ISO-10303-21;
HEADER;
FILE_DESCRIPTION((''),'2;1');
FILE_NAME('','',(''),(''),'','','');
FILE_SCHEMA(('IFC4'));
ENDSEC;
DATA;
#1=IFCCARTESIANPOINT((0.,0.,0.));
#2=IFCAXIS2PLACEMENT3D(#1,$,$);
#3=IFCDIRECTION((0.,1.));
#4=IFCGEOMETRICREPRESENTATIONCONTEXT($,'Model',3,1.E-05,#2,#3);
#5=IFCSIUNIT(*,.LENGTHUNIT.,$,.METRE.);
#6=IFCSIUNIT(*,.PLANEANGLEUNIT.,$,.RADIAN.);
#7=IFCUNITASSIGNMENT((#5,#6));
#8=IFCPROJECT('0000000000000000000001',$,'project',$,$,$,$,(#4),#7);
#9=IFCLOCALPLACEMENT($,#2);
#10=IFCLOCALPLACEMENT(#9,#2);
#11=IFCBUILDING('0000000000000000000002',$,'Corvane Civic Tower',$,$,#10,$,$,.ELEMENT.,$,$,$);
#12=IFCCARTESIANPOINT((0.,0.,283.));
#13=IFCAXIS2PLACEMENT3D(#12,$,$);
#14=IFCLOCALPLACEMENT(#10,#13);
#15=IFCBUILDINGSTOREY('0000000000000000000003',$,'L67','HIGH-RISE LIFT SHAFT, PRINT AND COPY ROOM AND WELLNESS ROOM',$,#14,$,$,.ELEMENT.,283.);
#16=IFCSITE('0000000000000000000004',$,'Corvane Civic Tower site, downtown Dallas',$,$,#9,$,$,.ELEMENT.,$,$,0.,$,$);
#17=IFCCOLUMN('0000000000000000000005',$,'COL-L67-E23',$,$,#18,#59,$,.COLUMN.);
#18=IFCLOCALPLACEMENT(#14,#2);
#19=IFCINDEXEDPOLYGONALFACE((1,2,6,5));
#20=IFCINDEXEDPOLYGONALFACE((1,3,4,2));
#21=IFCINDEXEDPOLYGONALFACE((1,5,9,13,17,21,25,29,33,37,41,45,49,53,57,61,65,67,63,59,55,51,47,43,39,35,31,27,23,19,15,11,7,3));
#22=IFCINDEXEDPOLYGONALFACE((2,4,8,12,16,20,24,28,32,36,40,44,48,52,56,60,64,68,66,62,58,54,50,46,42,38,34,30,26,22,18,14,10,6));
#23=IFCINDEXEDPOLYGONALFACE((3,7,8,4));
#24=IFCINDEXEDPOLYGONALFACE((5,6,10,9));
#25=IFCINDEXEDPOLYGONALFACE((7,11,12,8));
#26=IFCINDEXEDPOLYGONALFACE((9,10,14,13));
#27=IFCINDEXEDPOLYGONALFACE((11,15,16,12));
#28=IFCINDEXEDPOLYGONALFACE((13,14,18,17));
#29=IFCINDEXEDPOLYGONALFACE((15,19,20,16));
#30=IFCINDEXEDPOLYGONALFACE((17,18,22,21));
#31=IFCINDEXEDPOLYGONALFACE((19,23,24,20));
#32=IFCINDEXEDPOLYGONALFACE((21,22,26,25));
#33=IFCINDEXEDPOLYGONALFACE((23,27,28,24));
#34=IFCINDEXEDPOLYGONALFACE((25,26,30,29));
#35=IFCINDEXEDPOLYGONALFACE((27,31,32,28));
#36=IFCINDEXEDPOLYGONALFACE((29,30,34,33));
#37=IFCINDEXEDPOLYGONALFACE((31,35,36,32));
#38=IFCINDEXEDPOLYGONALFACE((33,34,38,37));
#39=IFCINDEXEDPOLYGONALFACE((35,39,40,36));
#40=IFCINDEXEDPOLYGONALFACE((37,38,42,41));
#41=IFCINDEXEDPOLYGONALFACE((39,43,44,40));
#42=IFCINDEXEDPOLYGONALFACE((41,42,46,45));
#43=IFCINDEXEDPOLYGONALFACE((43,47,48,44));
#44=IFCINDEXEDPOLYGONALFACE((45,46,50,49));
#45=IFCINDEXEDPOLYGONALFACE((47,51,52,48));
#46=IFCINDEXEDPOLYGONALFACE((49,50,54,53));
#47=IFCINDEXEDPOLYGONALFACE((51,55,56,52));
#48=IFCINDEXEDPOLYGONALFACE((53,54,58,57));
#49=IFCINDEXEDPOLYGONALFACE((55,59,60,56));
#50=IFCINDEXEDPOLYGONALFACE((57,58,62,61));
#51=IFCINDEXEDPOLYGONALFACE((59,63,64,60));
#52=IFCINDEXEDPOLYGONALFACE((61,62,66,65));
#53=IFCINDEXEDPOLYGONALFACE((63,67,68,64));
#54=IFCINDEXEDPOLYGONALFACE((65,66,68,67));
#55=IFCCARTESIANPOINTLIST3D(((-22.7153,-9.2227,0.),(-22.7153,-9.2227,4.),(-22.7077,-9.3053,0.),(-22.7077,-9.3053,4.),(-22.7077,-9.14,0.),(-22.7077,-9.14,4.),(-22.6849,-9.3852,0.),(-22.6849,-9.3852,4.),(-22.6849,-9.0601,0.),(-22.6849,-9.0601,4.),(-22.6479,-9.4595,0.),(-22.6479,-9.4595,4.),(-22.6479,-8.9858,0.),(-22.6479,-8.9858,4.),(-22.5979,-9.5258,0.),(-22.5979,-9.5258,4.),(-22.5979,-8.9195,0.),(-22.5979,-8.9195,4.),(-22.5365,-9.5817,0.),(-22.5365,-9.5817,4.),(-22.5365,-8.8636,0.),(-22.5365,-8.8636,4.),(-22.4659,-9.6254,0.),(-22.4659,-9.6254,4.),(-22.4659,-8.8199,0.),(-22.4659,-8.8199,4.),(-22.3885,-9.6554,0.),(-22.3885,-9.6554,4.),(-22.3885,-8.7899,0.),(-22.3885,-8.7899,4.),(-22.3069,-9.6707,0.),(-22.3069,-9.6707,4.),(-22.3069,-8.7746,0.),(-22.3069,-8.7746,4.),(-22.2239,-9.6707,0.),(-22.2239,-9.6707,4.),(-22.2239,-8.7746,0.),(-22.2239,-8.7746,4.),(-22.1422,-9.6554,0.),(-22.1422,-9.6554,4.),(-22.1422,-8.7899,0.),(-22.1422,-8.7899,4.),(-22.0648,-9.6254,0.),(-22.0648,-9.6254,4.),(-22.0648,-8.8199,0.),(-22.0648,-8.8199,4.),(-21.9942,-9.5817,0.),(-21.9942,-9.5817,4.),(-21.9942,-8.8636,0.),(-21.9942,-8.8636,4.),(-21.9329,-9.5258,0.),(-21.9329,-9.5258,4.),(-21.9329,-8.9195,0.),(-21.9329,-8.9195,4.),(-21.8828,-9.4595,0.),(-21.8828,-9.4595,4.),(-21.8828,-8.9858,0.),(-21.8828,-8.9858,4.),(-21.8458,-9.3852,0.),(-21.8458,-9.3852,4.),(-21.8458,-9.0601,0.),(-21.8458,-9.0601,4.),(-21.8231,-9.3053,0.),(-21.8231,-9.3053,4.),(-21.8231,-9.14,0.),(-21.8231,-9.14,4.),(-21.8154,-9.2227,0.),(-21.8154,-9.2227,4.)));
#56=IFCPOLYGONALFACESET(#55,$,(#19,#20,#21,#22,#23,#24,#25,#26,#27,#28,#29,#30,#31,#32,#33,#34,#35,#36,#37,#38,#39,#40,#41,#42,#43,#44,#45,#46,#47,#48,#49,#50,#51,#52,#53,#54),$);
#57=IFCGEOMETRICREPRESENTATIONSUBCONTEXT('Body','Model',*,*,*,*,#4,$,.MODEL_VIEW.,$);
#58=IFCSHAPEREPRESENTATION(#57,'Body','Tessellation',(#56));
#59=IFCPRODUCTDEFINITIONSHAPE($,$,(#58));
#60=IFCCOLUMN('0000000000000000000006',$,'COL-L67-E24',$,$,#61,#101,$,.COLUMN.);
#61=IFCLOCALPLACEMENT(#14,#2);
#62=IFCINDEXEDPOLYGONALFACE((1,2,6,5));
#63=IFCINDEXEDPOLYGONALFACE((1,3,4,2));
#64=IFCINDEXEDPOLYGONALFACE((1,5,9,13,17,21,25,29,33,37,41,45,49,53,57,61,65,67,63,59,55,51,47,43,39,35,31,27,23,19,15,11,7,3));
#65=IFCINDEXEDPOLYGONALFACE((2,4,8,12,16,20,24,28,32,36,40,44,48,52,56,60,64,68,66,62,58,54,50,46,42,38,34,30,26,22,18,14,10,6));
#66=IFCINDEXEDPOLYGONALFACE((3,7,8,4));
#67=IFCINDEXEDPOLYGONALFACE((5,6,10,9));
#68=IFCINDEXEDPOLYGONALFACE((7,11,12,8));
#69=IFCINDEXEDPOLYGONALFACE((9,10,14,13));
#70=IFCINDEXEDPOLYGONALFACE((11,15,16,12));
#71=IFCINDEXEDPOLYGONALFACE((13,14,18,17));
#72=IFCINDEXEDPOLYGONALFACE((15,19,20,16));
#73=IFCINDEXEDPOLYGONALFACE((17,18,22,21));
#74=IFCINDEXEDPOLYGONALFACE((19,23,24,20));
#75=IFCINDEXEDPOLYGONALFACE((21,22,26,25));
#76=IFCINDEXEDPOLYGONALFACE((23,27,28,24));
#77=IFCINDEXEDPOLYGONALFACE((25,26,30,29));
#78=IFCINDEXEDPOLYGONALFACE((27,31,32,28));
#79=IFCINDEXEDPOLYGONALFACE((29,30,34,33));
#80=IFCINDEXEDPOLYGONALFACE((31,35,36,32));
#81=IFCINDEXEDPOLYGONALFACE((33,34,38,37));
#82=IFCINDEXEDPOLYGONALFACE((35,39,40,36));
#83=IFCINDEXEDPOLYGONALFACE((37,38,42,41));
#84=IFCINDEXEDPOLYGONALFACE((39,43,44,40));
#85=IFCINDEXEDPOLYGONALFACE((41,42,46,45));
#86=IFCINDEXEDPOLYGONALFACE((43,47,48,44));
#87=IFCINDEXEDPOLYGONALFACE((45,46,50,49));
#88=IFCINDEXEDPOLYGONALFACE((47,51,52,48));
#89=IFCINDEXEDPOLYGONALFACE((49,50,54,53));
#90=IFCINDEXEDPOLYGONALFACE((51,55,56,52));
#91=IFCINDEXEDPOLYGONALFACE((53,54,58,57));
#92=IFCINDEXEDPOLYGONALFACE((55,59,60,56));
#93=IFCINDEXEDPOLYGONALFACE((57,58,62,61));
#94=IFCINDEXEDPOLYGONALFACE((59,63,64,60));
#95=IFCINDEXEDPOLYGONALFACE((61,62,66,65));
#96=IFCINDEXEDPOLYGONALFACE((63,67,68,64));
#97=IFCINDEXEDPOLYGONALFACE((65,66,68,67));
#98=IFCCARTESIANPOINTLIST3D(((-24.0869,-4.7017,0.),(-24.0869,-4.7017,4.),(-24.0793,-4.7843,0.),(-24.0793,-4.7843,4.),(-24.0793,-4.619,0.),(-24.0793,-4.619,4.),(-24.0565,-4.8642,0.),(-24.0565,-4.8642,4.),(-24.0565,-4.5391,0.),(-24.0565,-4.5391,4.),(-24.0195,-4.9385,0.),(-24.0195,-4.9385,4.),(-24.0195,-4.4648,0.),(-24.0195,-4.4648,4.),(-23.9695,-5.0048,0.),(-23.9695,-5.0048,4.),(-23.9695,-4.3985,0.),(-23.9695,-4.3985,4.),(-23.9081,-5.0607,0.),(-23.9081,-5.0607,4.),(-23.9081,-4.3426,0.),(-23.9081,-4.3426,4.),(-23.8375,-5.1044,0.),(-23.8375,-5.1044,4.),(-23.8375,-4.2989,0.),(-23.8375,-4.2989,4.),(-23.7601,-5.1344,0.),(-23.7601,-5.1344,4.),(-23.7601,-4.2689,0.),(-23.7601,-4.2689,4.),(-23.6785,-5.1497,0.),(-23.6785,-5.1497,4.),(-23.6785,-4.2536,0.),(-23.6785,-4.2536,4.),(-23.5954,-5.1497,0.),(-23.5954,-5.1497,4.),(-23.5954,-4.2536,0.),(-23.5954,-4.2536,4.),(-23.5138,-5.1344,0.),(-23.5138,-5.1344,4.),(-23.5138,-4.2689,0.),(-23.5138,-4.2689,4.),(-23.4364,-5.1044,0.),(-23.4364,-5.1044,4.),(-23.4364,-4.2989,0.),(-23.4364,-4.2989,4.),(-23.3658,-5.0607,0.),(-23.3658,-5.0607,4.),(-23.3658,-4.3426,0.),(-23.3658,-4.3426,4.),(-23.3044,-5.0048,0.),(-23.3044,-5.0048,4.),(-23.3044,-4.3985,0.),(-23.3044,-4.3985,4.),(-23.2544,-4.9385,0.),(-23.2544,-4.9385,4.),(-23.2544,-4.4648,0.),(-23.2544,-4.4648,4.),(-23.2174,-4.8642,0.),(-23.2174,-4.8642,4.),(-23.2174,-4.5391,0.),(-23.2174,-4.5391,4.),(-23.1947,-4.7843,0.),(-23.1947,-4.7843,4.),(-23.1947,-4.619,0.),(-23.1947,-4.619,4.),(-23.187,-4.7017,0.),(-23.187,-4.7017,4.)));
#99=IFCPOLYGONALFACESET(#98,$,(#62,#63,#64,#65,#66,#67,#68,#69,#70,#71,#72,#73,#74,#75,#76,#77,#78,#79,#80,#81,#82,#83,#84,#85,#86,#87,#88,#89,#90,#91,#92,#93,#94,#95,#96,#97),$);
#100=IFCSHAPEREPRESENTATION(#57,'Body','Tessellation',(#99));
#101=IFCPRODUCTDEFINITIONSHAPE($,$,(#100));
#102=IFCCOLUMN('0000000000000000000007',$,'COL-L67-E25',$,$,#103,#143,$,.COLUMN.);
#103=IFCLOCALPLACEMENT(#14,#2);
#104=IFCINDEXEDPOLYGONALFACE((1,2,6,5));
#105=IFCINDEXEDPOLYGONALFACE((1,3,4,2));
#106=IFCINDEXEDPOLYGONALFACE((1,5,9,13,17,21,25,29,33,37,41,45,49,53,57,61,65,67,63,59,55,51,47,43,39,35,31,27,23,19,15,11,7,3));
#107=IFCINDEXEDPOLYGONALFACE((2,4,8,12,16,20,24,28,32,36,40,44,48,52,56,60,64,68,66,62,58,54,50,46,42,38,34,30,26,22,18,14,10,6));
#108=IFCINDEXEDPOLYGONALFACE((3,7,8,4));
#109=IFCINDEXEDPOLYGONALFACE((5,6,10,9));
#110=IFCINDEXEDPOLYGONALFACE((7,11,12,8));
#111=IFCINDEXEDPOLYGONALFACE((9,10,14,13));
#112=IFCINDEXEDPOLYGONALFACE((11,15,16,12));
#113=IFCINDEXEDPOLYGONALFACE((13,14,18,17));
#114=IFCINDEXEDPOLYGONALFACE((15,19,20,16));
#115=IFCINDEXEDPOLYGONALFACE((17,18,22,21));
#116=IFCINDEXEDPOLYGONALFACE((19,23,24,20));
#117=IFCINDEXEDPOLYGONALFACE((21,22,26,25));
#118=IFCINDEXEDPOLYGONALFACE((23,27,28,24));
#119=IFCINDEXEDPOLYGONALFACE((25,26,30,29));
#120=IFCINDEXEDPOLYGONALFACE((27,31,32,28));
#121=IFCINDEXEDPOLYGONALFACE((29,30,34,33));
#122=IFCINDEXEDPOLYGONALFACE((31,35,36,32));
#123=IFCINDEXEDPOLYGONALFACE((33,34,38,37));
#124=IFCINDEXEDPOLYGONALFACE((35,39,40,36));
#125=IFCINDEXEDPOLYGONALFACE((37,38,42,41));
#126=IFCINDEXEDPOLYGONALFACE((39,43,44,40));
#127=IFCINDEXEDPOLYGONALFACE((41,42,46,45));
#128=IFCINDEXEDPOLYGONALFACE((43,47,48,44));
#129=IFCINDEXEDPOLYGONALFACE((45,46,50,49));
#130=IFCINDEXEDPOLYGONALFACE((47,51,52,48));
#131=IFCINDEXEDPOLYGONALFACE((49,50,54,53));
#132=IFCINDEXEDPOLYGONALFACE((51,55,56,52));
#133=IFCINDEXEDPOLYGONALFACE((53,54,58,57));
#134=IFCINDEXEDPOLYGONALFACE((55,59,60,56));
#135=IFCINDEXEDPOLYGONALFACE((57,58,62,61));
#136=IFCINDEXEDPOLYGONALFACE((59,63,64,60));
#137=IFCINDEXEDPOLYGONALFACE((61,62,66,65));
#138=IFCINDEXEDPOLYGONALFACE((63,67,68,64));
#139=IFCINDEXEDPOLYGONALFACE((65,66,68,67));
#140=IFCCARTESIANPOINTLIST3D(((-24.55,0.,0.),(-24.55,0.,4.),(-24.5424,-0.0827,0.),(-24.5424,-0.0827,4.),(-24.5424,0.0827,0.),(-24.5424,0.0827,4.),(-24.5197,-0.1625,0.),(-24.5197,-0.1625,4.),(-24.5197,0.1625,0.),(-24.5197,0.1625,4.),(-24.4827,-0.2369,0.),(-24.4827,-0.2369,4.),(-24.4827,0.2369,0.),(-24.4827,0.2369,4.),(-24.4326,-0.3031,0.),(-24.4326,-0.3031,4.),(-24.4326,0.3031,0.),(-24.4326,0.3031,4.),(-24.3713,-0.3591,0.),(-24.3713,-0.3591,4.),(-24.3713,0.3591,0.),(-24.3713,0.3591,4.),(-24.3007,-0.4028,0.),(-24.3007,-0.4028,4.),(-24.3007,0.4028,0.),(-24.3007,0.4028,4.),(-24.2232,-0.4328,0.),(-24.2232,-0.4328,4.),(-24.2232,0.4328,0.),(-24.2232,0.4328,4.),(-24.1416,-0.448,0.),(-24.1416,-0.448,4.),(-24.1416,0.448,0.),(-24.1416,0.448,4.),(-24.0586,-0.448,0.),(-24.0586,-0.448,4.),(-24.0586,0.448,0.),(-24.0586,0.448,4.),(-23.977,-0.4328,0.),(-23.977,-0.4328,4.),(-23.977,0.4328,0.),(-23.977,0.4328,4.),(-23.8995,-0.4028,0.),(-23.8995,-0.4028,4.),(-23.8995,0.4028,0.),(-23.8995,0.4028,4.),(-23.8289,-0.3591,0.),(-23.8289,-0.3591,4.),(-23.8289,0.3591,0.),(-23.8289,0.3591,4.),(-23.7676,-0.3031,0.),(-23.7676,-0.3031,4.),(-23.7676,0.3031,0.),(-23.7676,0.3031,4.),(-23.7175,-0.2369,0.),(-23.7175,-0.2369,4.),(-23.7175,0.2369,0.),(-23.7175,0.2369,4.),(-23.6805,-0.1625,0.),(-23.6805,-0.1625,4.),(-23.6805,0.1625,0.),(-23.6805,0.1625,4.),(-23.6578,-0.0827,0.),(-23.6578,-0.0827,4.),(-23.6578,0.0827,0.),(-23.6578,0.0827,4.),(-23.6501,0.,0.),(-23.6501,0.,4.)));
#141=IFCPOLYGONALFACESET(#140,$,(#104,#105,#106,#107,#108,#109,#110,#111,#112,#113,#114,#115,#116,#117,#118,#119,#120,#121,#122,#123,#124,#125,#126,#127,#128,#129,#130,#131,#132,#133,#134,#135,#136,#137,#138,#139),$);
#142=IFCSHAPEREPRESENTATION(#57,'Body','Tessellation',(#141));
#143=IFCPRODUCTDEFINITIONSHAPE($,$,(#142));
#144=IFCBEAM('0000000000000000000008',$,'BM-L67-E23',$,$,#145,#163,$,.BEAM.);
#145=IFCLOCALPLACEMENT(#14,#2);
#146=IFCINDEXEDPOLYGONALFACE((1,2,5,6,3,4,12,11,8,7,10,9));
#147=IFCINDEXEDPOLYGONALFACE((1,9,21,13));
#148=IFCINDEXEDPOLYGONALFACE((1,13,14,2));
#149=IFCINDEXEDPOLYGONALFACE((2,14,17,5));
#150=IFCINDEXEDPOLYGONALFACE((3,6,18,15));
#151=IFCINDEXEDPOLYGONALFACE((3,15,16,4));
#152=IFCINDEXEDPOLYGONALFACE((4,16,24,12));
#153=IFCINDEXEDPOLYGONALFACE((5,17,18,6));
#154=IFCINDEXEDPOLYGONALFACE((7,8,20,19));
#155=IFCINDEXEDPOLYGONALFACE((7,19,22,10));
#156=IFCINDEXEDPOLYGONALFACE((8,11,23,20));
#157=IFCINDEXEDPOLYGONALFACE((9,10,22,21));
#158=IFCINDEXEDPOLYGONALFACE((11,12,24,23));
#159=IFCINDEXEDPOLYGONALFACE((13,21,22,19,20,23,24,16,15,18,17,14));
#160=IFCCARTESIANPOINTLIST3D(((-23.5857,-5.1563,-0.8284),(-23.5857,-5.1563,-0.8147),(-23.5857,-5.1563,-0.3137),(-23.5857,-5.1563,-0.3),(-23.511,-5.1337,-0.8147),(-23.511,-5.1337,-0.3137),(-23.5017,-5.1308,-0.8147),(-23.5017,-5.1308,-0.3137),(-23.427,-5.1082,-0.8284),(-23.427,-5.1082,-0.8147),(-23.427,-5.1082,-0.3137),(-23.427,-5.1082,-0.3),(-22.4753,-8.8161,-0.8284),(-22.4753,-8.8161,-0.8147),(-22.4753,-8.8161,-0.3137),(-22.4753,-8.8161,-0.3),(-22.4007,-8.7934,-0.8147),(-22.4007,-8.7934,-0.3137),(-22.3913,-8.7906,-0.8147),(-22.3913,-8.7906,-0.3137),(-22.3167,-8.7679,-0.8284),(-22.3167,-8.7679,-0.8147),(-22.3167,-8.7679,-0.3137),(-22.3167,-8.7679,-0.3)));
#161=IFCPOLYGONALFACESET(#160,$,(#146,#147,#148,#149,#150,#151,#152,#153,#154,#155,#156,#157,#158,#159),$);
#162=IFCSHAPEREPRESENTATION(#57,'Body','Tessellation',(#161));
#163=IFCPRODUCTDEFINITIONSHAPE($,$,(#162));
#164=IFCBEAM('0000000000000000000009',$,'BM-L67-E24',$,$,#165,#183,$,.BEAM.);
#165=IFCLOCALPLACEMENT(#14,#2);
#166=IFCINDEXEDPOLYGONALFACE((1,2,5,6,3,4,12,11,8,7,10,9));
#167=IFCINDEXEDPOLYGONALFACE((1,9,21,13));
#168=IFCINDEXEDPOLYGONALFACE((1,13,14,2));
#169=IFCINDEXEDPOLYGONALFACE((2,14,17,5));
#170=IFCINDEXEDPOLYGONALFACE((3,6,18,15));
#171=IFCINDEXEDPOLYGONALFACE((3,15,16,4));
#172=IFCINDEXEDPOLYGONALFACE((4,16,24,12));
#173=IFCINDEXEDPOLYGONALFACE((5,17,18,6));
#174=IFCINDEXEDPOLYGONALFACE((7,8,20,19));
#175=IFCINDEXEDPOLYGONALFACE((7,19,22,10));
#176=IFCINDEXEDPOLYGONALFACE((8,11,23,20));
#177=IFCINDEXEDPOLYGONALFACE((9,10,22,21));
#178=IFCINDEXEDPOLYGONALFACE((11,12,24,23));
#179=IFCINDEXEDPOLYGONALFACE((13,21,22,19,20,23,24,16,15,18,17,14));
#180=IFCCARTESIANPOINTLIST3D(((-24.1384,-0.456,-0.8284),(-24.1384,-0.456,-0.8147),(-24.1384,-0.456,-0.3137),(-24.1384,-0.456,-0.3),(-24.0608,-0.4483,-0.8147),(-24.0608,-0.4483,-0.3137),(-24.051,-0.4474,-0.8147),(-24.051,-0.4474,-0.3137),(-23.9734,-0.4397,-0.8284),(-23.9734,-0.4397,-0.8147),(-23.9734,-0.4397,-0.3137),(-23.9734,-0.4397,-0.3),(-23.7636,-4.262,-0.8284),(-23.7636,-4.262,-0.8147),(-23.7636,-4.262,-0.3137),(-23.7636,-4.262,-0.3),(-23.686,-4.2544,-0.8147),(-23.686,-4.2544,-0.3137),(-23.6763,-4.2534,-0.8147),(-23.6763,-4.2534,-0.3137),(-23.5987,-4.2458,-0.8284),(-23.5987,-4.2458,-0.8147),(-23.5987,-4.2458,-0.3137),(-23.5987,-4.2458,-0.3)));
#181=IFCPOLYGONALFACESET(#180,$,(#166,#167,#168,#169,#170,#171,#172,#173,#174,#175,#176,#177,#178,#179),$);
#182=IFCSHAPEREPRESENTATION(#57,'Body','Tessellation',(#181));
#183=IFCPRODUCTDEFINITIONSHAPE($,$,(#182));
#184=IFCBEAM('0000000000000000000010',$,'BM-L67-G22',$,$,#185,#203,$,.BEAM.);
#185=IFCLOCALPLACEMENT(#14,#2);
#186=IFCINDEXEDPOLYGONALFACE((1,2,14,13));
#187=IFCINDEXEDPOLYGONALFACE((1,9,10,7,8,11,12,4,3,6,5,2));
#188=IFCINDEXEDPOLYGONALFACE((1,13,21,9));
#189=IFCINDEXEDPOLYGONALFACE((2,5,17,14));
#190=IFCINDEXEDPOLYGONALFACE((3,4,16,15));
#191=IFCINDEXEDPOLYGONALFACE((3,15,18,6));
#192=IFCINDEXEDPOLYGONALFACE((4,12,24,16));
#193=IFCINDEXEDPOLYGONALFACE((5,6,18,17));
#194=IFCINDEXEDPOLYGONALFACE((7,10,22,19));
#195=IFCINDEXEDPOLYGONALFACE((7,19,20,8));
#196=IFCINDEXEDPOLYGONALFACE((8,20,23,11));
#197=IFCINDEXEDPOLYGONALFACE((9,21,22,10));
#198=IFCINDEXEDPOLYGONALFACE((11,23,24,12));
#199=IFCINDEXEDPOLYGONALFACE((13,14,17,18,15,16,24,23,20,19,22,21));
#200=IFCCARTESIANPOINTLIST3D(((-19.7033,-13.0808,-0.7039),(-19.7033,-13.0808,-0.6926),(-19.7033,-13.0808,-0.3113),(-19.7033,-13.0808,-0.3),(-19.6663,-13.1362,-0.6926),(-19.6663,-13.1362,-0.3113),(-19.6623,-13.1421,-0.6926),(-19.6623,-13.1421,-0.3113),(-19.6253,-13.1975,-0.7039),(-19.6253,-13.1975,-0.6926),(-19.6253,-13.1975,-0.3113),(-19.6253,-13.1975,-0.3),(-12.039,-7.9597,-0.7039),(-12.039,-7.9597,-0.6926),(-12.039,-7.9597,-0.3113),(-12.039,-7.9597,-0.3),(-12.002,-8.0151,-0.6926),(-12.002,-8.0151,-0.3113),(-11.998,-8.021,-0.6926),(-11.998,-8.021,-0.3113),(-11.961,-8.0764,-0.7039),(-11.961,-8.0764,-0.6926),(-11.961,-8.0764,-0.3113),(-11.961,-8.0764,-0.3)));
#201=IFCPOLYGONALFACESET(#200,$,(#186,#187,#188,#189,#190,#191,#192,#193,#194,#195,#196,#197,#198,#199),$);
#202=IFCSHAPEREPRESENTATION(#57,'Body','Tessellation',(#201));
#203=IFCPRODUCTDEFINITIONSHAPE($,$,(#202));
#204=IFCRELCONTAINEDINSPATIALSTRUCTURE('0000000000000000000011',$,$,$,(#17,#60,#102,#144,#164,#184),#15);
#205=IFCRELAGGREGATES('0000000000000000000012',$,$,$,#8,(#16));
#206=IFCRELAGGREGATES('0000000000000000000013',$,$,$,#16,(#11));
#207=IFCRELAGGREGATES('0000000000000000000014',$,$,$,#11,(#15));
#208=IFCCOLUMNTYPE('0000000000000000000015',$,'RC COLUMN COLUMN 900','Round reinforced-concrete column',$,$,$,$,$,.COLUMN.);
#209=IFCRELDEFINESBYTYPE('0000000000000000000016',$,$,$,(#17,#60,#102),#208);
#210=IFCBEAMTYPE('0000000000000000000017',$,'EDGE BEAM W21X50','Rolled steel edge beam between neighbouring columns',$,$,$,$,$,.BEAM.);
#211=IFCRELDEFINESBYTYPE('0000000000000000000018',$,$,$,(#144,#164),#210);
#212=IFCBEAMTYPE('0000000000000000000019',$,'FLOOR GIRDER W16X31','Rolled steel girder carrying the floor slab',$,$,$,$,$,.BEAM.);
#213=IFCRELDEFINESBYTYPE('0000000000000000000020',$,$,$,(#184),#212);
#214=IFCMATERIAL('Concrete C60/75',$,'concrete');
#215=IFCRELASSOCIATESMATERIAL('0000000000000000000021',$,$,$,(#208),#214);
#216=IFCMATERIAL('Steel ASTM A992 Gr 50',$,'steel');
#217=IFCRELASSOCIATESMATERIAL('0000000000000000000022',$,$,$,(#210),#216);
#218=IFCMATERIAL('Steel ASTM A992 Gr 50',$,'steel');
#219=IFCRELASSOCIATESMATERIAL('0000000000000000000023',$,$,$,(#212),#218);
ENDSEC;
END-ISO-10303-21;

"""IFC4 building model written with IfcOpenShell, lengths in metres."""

from ifc_helpers import new_model, si_unit, direction, frame, origin, origin_2d, place, context, subcontext, project, spatial, circle, i_section, extrude, material, material_profile, profile_set, type_object, element, save


model = new_model("IFC4")

# Units and contexts
model_context = context("Model", 3, precision=1e-05, world=origin(), true_north=direction((0.0, 1.0)))
body_context = subcontext(model_context, "Body", "Model", "MODEL_VIEW")
ifc_project = project(units=[si_unit("LENGTHUNIT", "METRE"), si_unit("PLANEANGLEUNIT", "RADIAN")], contexts=[model_context])

# Site, building, storey
site_placement = place(None, origin())
site = spatial("IfcSite", under=ifc_project, at=site_placement, Name="Corvane Civic Tower site, downtown Dallas", CompositionType="ELEMENT", RefElevation=0.0)
building_placement = place(site_placement, origin())
building = spatial("IfcBuilding", under=site, at=building_placement, Name="Corvane Civic Tower", CompositionType="ELEMENT")
storey_placement = place(building_placement, frame((0.0, 0.0, 283.0)))
storey = spatial("IfcBuildingStorey", under=building, at=storey_placement, Name="L67", Description="HIGH-RISE LIFT SHAFT, PRINT AND COPY ROOM AND WELLNESS ROOM", CompositionType="ELEMENT", Elevation=283.0)

# Columns
ifc_material_1 = material(Name="Concrete C60/75", Category="concrete")
ifc_material_profile_1 = material_profile(ifc_material_1, circle(Radius=0.45, at=origin_2d()), Name="COLUMN 900")
ifc_profile_set_1 = profile_set([ifc_material_profile_1], Name="Concrete C60/75")
column_type = type_object("IfcColumnType", Name="RC COLUMN COLUMN 900", Description="Round reinforced-concrete column", PredefinedType="COLUMN", material=ifc_profile_set_1)
for number, where, z_axis, x_axis, name in (
    (1, (-22.2654, -9.2227, 0.0), (0.0, 0.0, 1.0), (1.0, 0.0, 0.0), "COL-L67-E23"),
    (2, (-23.637, -4.7017, 0.0), (0.0, 0.0, 1.0), (1.0, 0.0, 0.0), "COL-L67-E24"),
    (3, (-24.1001, 0.0, 0.0), (0.0, 0.0, 1.0), (1.0, 0.0, 0.0), "COL-L67-E25"),
):
    element("IfcColumn", number, at=place(storey_placement, frame(where, z_axis=z_axis, x_axis=x_axis)), inside=storey, type_object=column_type, Name=name, PredefinedType="COLUMN", context=body_context, shape_type="SweptSolid", body=[
        extrude(circle(Radius=0.45, at=origin_2d()), origin(), (0.0, 0.0, 1.0), 4.0),
    ])

# Beams
ifc_material_2 = material(Name="Steel ASTM A992 Gr 50", Category="steel")
ifc_material_profile_2 = material_profile(ifc_material_2, i_section(OverallWidth=0.1658, OverallDepth=0.5283, WebThickness=0.0098, FlangeThickness=0.0137, at=origin_2d()), Name="W21X50")
ifc_profile_set_2 = profile_set([ifc_material_profile_2], Name="Steel ASTM A992 Gr 50")
beam_type_1 = type_object("IfcBeamType", Name="EDGE BEAM W21X50", Description="Rolled steel edge beam between neighbouring columns", PredefinedType="BEAM", material=ifc_profile_set_2)
for number, where, z_axis, x_axis, name in (
    (4, (-22.396, -8.792, -0.5642), (-0.290333, 0.956926, 0.0), (-0.956926, -0.290333, 0.0), "BM-L67-E23"),
    (5, (-23.6812, -4.2539, -0.5642), (-0.097987, 0.995188, 0.0), (-0.995188, -0.097987, 0.0), "BM-L67-E24"),
):
    element("IfcBeam", number, at=place(storey_placement, frame(where, z_axis=z_axis, x_axis=x_axis)), inside=storey, type_object=beam_type_1, Name=name, PredefinedType="BEAM", context=body_context, shape_type="SweptSolid", body=[
        extrude(i_section(OverallWidth=0.1658, OverallDepth=0.5283, WebThickness=0.0098, FlangeThickness=0.0137, at=origin_2d()), origin(), (0.0, 0.0, 1.0), 3.8245),
    ])
ifc_material_3 = material(Name="Steel ASTM A992 Gr 50", Category="steel")
ifc_material_profile_3 = material_profile(ifc_material_3, i_section(OverallWidth=0.1404, OverallDepth=0.4038, WebThickness=0.0071, FlangeThickness=0.0112, at=origin_2d()), Name="W16X31")
ifc_profile_set_3 = profile_set([ifc_material_profile_3], Name="Steel ASTM A992 Gr 50")
beam_type_2 = type_object("IfcBeamType", Name="FLOOR GIRDER W16X31", Description="Rolled steel girder carrying the floor slab", PredefinedType="BEAM", material=ifc_profile_set_3)
beam_1_placement = place(storey_placement, frame((-12.0, -8.0181, -0.502), z_axis=(-0.831471, -0.555568, 0.0), x_axis=(0.555568, -0.831471, 0.0)))
element("IfcBeam", 6, at=beam_1_placement, inside=storey, type_object=beam_type_2, Name="BM-L67-G22", PredefinedType="BEAM", context=body_context, shape_type="SweptSolid", body=[
    extrude(i_section(OverallWidth=0.1404, OverallDepth=0.4038, WebThickness=0.0071, FlangeThickness=0.0112, at=origin_2d()), origin(), (0.0, 0.0, 1.0), 9.2178),
])

save(model, "model.ifc")
